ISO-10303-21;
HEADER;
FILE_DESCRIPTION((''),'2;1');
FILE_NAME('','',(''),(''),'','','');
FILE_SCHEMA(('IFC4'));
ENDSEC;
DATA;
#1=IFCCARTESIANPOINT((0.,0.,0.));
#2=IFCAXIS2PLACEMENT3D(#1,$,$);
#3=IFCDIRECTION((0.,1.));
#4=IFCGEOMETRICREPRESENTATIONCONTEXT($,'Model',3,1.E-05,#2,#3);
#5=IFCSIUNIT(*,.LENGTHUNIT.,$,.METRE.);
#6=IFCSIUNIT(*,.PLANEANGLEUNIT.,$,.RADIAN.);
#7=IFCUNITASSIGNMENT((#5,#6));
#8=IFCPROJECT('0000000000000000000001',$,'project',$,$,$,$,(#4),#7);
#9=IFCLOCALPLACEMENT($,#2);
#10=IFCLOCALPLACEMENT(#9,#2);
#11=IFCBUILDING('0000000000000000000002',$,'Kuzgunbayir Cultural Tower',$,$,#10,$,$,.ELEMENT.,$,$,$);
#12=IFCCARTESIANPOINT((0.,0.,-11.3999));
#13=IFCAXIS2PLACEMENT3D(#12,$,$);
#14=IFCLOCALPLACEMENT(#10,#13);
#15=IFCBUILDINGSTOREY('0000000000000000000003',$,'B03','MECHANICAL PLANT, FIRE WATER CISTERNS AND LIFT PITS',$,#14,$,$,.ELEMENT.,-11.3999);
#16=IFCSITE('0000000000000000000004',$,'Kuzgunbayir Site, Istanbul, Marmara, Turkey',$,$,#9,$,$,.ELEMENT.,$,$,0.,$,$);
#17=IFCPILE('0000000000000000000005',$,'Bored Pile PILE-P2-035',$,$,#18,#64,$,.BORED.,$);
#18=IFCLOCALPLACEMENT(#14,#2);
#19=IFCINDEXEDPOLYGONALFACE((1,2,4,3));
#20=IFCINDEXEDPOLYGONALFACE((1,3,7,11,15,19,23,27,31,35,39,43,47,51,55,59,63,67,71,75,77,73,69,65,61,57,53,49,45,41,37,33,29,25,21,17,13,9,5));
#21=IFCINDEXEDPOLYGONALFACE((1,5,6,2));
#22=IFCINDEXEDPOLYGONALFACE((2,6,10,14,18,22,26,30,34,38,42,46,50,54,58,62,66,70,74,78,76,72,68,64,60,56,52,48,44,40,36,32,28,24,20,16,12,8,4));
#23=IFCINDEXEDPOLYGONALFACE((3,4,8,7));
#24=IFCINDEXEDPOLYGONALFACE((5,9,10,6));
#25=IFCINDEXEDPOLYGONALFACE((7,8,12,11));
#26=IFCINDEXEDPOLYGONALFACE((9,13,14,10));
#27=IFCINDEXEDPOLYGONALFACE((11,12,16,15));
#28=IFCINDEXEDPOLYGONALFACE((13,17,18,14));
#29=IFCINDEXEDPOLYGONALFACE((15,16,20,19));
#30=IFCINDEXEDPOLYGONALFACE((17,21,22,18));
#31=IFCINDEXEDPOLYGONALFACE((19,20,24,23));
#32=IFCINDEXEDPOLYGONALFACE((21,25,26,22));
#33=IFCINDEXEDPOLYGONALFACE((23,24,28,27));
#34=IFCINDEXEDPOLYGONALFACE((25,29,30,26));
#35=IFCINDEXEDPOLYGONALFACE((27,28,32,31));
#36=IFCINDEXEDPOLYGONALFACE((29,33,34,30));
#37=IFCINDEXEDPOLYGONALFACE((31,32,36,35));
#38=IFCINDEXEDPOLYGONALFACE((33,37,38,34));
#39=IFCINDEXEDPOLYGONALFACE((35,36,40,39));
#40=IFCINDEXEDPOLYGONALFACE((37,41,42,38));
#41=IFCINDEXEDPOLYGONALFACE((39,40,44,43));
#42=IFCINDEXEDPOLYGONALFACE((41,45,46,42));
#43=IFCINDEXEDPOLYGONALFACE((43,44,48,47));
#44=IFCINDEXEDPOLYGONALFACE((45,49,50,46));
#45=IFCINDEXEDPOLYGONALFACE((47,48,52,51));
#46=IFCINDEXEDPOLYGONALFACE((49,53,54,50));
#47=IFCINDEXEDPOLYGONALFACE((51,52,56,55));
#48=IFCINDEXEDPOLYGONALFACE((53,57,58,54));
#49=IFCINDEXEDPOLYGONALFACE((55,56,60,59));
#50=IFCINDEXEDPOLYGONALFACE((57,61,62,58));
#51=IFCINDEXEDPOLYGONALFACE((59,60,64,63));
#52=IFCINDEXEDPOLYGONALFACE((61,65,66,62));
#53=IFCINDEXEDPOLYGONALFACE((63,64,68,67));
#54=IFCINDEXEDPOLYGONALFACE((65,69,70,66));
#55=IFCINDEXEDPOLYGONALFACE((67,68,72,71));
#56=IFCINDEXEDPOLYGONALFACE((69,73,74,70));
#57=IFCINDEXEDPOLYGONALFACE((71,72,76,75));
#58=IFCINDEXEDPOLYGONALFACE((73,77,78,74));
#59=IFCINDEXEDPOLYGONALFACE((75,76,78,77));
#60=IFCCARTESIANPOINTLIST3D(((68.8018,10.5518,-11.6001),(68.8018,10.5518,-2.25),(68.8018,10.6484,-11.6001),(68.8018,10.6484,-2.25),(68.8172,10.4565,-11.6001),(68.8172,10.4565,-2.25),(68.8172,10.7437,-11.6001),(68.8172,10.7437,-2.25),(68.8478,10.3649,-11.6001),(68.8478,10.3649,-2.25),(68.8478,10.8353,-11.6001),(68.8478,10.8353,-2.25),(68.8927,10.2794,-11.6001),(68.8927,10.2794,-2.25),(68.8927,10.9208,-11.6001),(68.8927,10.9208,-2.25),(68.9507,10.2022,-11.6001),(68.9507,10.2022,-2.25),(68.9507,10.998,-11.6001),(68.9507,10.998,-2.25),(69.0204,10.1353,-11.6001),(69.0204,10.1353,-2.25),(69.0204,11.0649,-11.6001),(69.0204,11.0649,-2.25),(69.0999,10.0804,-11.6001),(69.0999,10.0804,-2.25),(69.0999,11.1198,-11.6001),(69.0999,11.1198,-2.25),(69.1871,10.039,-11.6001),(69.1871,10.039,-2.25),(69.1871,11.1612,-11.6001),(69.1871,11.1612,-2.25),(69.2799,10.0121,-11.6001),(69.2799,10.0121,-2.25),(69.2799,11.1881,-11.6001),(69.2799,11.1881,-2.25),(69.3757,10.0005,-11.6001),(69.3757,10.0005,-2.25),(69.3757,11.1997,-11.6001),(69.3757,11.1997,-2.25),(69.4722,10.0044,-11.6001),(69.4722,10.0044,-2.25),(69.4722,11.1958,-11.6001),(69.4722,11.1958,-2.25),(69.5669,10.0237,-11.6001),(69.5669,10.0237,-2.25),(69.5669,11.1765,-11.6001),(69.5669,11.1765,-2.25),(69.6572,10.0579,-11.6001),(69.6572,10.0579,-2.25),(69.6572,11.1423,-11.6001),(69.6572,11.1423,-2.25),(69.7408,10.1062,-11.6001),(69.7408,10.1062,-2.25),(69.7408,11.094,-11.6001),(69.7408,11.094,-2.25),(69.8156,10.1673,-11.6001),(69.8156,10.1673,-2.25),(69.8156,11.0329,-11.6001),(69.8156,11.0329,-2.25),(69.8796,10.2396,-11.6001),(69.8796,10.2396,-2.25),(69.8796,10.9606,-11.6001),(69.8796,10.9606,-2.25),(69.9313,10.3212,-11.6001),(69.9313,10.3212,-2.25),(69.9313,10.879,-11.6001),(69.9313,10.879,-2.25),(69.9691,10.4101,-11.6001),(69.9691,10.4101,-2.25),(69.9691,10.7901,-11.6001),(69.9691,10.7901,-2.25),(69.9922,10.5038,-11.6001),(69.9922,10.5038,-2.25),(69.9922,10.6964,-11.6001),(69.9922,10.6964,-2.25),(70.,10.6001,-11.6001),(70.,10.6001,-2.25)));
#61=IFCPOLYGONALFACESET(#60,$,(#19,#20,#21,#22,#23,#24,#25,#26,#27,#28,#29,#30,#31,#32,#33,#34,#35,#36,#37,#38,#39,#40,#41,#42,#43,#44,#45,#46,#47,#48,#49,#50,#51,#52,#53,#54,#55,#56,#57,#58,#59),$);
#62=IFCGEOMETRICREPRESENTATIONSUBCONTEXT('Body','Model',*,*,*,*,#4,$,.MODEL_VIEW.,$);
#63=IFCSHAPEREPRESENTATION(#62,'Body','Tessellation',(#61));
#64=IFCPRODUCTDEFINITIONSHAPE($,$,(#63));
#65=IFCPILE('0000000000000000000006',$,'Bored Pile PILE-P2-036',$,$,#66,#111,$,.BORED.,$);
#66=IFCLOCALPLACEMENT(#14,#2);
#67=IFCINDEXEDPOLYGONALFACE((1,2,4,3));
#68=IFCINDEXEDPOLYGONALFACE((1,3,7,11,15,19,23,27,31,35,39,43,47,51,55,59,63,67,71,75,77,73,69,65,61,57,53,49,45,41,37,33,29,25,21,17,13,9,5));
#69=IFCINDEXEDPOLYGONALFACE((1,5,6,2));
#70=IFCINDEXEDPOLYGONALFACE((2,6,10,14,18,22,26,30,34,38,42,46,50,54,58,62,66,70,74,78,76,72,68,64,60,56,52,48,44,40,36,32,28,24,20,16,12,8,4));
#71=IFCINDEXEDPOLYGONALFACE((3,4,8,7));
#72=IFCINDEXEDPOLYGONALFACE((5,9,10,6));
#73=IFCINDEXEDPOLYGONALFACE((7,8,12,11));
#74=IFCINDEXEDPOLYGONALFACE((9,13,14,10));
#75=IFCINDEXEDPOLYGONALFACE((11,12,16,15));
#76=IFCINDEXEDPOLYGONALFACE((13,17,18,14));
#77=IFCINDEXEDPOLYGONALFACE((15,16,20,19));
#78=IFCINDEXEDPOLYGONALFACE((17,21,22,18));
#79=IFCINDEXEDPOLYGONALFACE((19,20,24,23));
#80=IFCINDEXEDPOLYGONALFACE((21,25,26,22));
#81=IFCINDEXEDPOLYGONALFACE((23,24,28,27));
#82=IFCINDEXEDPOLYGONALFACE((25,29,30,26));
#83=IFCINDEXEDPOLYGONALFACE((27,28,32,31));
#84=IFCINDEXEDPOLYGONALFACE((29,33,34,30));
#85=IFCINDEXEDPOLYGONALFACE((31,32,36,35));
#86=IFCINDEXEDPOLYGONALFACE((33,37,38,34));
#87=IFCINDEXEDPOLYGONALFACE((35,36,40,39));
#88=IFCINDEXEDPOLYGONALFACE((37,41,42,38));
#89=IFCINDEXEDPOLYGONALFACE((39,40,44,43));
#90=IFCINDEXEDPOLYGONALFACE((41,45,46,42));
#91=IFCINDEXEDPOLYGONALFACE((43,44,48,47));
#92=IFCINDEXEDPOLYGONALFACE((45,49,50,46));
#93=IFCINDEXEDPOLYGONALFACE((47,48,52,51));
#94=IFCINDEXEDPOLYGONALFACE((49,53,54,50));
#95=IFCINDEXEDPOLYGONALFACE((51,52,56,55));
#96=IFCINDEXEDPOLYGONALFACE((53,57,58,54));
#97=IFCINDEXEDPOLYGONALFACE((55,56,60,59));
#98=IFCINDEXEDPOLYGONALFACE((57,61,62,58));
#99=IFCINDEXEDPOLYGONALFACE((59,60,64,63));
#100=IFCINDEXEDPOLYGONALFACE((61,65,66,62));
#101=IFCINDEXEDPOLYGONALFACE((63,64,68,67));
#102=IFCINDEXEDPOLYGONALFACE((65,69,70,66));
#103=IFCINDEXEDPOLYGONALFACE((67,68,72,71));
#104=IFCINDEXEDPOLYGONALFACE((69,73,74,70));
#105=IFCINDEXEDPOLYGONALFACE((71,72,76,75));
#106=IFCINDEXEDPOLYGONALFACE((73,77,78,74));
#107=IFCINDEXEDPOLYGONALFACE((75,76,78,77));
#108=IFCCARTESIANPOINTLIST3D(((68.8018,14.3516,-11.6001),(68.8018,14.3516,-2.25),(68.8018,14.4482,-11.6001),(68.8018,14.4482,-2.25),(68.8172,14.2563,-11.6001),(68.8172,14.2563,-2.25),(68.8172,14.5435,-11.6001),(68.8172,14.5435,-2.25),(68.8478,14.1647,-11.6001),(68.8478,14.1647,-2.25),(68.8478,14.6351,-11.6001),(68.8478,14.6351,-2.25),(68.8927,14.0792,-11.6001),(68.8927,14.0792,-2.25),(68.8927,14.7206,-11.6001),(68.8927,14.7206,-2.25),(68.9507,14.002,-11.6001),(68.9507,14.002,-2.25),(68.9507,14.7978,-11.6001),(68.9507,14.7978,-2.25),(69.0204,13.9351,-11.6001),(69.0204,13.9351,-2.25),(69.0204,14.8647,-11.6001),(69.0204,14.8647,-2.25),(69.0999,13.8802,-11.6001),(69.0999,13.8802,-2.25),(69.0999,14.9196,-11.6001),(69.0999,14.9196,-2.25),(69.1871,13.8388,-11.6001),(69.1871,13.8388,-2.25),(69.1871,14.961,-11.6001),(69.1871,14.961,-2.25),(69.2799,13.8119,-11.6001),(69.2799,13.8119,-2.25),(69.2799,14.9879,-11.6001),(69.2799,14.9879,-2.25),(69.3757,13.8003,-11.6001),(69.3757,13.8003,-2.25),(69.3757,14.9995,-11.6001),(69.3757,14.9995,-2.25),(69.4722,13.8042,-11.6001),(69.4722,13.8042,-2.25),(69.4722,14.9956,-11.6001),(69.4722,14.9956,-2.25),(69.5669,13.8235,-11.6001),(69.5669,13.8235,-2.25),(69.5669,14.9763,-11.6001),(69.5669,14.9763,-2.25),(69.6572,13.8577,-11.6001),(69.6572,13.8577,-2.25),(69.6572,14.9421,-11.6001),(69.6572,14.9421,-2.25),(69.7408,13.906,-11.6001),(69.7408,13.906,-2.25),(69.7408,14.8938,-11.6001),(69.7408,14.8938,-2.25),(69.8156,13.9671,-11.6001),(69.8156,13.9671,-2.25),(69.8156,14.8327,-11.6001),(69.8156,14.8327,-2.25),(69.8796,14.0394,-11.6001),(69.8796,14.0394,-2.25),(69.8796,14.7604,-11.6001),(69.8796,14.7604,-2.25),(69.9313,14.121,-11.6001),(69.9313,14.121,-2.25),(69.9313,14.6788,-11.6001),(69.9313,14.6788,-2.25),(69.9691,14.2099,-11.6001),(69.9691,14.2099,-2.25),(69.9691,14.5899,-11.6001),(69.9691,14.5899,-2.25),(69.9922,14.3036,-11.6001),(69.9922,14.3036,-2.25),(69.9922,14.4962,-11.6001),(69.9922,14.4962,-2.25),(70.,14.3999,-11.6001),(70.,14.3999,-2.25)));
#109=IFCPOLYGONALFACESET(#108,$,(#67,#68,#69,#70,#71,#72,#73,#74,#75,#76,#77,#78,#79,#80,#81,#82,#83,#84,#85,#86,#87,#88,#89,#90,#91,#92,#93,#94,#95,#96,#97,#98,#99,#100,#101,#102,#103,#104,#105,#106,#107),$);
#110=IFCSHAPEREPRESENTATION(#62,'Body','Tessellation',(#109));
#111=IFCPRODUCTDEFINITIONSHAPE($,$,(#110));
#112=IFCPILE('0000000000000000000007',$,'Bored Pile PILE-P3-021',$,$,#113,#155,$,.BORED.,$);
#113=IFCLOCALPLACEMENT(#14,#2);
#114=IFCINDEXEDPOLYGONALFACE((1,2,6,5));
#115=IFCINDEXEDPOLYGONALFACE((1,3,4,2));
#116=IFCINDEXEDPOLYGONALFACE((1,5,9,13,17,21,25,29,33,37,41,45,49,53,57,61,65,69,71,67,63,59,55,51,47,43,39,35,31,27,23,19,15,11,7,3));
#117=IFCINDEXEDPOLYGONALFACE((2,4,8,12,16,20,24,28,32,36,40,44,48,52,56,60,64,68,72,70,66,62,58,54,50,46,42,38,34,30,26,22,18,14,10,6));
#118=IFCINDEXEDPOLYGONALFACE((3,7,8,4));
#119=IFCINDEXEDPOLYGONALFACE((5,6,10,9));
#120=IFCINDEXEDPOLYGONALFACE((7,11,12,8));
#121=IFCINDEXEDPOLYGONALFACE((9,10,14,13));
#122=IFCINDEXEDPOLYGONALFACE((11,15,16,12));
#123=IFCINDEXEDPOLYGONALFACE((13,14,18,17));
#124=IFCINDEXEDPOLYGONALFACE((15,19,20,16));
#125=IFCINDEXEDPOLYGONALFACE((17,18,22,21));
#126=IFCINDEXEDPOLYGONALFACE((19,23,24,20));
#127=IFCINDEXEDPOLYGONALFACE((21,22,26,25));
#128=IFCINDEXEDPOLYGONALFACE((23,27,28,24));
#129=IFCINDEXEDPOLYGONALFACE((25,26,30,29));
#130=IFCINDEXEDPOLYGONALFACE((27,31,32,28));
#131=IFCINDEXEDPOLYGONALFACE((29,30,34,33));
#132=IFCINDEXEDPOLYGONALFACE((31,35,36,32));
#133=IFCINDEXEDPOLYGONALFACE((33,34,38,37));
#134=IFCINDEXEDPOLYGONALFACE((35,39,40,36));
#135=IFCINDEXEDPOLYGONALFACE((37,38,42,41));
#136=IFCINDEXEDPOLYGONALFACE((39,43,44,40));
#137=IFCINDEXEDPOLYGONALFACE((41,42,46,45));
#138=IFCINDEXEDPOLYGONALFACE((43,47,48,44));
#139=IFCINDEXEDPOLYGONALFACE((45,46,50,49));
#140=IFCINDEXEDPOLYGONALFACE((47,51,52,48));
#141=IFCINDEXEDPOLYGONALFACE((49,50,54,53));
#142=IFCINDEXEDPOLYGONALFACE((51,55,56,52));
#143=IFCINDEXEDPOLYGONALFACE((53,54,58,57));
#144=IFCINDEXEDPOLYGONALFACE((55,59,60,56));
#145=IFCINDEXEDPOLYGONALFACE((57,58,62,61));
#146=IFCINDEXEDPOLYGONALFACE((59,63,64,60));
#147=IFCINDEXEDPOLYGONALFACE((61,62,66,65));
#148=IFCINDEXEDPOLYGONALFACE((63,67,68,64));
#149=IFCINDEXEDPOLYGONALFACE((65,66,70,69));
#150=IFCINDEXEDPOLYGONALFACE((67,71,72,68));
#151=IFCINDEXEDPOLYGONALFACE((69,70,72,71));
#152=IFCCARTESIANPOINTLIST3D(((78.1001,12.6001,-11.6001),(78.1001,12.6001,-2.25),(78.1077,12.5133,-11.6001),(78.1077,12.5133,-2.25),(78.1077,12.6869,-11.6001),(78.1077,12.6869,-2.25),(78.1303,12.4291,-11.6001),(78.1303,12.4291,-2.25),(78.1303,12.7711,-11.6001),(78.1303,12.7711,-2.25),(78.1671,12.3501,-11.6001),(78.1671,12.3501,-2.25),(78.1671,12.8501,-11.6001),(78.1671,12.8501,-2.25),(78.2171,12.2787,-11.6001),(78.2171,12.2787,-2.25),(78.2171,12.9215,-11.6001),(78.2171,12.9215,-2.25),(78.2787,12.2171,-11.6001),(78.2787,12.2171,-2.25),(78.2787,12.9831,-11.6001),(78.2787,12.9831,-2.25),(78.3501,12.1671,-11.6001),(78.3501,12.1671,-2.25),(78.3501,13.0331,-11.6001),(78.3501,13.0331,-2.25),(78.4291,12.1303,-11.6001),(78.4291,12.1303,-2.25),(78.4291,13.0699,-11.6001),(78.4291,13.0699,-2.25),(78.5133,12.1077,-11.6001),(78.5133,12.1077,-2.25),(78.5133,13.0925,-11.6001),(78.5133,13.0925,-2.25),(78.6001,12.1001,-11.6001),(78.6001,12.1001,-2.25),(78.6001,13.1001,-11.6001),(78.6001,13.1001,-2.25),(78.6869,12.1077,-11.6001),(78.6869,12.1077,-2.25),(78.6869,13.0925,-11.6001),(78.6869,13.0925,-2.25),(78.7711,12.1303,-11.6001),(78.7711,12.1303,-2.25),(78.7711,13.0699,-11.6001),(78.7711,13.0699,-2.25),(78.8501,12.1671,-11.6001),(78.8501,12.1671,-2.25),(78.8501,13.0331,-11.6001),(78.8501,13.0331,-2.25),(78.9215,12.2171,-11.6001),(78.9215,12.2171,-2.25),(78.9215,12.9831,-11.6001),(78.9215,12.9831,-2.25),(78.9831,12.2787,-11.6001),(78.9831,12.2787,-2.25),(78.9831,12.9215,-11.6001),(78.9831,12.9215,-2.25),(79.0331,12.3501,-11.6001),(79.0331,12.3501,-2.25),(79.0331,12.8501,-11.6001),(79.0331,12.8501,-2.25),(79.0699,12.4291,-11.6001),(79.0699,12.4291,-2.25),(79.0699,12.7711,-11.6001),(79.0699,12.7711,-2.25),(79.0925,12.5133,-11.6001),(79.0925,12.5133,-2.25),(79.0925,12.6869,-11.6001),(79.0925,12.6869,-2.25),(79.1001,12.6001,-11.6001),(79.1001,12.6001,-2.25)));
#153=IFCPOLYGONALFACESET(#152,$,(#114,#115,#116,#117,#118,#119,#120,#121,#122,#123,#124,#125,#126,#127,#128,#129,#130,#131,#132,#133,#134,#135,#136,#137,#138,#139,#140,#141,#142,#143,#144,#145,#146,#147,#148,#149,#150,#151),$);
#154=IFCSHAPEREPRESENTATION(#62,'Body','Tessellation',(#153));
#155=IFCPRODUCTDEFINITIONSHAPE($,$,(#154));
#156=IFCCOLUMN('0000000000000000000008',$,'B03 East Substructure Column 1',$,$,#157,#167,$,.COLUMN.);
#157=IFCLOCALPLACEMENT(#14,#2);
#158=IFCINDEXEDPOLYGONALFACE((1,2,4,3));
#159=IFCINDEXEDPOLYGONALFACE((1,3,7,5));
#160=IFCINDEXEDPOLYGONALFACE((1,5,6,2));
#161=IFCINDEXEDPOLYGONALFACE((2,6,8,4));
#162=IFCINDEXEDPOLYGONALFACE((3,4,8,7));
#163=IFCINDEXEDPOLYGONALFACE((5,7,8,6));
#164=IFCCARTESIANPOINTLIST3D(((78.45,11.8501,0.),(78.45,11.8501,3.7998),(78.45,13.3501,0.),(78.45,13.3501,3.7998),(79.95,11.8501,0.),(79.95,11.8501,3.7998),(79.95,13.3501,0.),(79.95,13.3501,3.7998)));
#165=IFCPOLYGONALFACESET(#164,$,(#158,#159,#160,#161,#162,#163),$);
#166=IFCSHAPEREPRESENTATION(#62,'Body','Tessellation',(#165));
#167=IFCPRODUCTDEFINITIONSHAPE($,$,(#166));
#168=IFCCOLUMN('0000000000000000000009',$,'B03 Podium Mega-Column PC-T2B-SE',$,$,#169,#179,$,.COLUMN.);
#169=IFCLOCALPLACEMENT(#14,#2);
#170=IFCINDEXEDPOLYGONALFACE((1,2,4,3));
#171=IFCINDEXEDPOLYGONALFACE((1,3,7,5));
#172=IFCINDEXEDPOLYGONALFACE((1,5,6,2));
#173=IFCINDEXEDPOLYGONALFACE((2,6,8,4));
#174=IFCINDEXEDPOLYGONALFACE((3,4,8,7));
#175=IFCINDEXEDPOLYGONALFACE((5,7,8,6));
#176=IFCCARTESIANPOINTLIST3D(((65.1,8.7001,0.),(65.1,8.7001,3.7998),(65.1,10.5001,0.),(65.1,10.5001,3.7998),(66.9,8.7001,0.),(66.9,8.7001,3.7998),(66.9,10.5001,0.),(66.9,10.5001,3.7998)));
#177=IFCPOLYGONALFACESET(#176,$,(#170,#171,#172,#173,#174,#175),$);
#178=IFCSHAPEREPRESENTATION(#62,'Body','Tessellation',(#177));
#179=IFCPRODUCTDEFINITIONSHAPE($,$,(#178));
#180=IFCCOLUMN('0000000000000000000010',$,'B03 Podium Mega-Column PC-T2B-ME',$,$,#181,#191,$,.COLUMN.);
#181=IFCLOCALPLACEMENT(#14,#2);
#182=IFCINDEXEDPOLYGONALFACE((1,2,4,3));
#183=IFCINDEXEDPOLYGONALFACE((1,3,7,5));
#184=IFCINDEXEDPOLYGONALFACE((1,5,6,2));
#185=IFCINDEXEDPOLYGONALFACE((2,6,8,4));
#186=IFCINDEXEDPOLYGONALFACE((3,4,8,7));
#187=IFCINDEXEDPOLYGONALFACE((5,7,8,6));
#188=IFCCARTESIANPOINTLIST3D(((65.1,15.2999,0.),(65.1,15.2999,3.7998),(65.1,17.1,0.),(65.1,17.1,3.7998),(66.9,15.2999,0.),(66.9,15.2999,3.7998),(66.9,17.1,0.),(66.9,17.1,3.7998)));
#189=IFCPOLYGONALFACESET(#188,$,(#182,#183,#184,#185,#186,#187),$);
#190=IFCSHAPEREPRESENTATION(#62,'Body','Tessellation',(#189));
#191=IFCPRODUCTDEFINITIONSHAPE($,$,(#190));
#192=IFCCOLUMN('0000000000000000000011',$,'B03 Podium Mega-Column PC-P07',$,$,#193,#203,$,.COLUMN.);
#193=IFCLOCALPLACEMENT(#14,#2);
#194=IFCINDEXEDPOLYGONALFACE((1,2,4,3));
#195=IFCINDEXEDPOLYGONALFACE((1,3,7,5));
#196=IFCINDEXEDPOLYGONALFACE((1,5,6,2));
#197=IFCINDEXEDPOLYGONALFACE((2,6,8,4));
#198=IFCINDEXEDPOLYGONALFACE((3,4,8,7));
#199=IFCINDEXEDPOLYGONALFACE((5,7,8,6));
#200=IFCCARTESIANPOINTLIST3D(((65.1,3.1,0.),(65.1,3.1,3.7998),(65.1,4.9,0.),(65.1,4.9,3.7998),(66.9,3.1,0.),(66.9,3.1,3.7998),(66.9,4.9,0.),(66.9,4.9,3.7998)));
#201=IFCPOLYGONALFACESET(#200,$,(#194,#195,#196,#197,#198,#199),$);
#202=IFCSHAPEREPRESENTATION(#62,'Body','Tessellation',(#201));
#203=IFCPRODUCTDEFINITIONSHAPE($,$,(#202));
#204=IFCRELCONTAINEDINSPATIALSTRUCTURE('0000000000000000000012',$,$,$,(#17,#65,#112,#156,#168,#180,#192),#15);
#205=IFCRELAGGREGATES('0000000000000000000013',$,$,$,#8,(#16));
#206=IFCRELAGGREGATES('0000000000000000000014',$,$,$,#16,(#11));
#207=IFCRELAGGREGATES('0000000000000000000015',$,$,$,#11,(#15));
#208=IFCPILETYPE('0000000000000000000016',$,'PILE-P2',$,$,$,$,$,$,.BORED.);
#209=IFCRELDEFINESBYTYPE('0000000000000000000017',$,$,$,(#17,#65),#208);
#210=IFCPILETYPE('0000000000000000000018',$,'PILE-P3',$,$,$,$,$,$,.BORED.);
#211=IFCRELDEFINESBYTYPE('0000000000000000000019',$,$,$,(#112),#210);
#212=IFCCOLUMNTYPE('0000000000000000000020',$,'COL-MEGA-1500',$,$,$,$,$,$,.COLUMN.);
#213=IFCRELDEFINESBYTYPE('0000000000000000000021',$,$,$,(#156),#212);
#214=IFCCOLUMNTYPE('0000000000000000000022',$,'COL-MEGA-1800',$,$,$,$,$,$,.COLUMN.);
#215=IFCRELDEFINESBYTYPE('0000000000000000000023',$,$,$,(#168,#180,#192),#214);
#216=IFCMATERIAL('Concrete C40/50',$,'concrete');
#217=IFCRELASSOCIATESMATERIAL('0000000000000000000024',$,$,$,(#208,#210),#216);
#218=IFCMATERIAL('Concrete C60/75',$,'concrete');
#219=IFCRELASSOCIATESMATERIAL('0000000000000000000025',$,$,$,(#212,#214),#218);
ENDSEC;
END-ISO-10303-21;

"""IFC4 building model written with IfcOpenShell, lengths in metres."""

from ifc_helpers import new_model, si_unit, direction, frame, origin, origin_2d, place, context, subcontext, project, spatial, rectangle, circle, extrude, material, material_profile, profile_set, type_object, element, save


model = new_model("IFC4")

# Units and contexts
model_context = context("Model", 3, precision=1e-05, world=origin(), true_north=direction((0.0, 1.0)))
body_context = subcontext(model_context, "Body", "Model", "MODEL_VIEW")
ifc_project = project(units=[si_unit("LENGTHUNIT", "METRE"), si_unit("PLANEANGLEUNIT", "RADIAN")], contexts=[model_context])

# Site, building, storey
site_placement = place(None, origin())
site = spatial("IfcSite", under=ifc_project, at=site_placement, Name="Kuzgunbayir Site, Istanbul, Marmara, Turkey", CompositionType="ELEMENT", RefElevation=0.0)
building_placement = place(site_placement, origin())
building = spatial("IfcBuilding", under=site, at=building_placement, Name="Kuzgunbayir Cultural Tower", CompositionType="ELEMENT")
storey_placement = place(building_placement, frame((0.0, 0.0, -11.3999)))
storey = spatial("IfcBuildingStorey", under=building, at=storey_placement, Name="B03", Description="MECHANICAL PLANT, FIRE WATER CISTERNS AND LIFT PITS", CompositionType="ELEMENT", Elevation=-11.3999)

# Piles
ifc_material_1 = material(Name="Concrete C40/50", Category="concrete")
ifc_material_profile_1 = material_profile(ifc_material_1, circle(Radius=0.6001, at=origin_2d()), Name="BORED PILE 1200")
ifc_profile_set_1 = profile_set([ifc_material_profile_1], Name="Concrete C40/50")
pile_type_1 = type_object("IfcPileType", Name="PILE-P2", PredefinedType="BORED", material=ifc_profile_set_1)
for number, where, z_axis, x_axis, name in (
    (1, (69.3999, 10.6001, -2.25), (0.0, 0.0, -1.0), (1.0, 0.0, 0.0), "Bored Pile PILE-P2-035"),
    (2, (69.3999, 14.3999, -2.25), (0.0, 0.0, -1.0), (1.0, 0.0, 0.0), "Bored Pile PILE-P2-036"),
):
    element("IfcPile", number, at=place(storey_placement, frame(where, z_axis=z_axis, x_axis=x_axis)), inside=storey, type_object=pile_type_1, Name=name, PredefinedType="BORED", context=body_context, shape_type="SweptSolid", body=[
        extrude(circle(Radius=0.6001, at=origin_2d()), origin(), (0.0, 0.0, 1.0), 9.3501),
    ])
ifc_material_profile_2 = material_profile(ifc_material_1, circle(Radius=0.5, at=origin_2d()), Name="BORED PILE 1000")
ifc_profile_set_2 = profile_set([ifc_material_profile_2], Name="Concrete C40/50")
pile_type_2 = type_object("IfcPileType", Name="PILE-P3", PredefinedType="BORED", material=ifc_profile_set_2)
pile_placement = place(storey_placement, frame((78.6001, 12.6001, -2.25), z_axis=(0.0, 0.0, -1.0), x_axis=(1.0, 0.0, 0.0)))
element("IfcPile", 3, at=pile_placement, inside=storey, type_object=pile_type_2, Name="Bored Pile PILE-P3-021", PredefinedType="BORED", context=body_context, shape_type="SweptSolid", body=[
    extrude(circle(Radius=0.5, at=origin_2d()), origin(), (0.0, 0.0, 1.0), 9.3501),
])

# Columns
ifc_material_2 = material(Name="Concrete C60/75", Category="concrete")
ifc_material_profile_3 = material_profile(ifc_material_2, rectangle(XDim=1.5, YDim=1.5, at=origin_2d()), Name="RC 1500x1500")
ifc_profile_set_3 = profile_set([ifc_material_profile_3], Name="Concrete C60/75")
column_type_1 = type_object("IfcColumnType", Name="COL-MEGA-1500", PredefinedType="COLUMN", material=ifc_profile_set_3)
column_1_placement = place(storey_placement, frame((79.2, 12.6001, 0.0), z_axis=(0.0, 0.0, 1.0), x_axis=(1.0, 0.0, 0.0)))
element("IfcColumn", 4, at=column_1_placement, inside=storey, type_object=column_type_1, Name="B03 East Substructure Column 1", PredefinedType="COLUMN", context=body_context, shape_type="SweptSolid", body=[
    extrude(rectangle(XDim=1.5, YDim=1.5, at=origin_2d()), origin(), (0.0, 0.0, 1.0), 3.7998),
])
ifc_material_profile_4 = material_profile(ifc_material_2, rectangle(XDim=1.8, YDim=1.8, at=origin_2d()), Name="RC 1800x1800")
ifc_profile_set_4 = profile_set([ifc_material_profile_4], Name="Concrete C60/75")
column_type_2 = type_object("IfcColumnType", Name="COL-MEGA-1800", PredefinedType="COLUMN", material=ifc_profile_set_4)
for number, where, z_axis, x_axis, name in (
    (5, (66.0, 9.6001, 0.0), (0.0, 0.0, 1.0), (1.0, 0.0, 0.0), "B03 Podium Mega-Column PC-T2B-SE"),
    (6, (66.0, 16.2, 0.0), (0.0, 0.0, 1.0), (1.0, 0.0, 0.0), "B03 Podium Mega-Column PC-T2B-ME"),
    (7, (66.0, 4.0, 0.0), (0.0, 0.0, 1.0), (1.0, 0.0, 0.0), "B03 Podium Mega-Column PC-P07"),
):
    element("IfcColumn", number, at=place(storey_placement, frame(where, z_axis=z_axis, x_axis=x_axis)), inside=storey, type_object=column_type_2, Name=name, PredefinedType="COLUMN", context=body_context, shape_type="SweptSolid", body=[
        extrude(rectangle(XDim=1.8, YDim=1.8, at=origin_2d()), origin(), (0.0, 0.0, 1.0), 3.7998),
    ])

save(model, "model.ifc")
